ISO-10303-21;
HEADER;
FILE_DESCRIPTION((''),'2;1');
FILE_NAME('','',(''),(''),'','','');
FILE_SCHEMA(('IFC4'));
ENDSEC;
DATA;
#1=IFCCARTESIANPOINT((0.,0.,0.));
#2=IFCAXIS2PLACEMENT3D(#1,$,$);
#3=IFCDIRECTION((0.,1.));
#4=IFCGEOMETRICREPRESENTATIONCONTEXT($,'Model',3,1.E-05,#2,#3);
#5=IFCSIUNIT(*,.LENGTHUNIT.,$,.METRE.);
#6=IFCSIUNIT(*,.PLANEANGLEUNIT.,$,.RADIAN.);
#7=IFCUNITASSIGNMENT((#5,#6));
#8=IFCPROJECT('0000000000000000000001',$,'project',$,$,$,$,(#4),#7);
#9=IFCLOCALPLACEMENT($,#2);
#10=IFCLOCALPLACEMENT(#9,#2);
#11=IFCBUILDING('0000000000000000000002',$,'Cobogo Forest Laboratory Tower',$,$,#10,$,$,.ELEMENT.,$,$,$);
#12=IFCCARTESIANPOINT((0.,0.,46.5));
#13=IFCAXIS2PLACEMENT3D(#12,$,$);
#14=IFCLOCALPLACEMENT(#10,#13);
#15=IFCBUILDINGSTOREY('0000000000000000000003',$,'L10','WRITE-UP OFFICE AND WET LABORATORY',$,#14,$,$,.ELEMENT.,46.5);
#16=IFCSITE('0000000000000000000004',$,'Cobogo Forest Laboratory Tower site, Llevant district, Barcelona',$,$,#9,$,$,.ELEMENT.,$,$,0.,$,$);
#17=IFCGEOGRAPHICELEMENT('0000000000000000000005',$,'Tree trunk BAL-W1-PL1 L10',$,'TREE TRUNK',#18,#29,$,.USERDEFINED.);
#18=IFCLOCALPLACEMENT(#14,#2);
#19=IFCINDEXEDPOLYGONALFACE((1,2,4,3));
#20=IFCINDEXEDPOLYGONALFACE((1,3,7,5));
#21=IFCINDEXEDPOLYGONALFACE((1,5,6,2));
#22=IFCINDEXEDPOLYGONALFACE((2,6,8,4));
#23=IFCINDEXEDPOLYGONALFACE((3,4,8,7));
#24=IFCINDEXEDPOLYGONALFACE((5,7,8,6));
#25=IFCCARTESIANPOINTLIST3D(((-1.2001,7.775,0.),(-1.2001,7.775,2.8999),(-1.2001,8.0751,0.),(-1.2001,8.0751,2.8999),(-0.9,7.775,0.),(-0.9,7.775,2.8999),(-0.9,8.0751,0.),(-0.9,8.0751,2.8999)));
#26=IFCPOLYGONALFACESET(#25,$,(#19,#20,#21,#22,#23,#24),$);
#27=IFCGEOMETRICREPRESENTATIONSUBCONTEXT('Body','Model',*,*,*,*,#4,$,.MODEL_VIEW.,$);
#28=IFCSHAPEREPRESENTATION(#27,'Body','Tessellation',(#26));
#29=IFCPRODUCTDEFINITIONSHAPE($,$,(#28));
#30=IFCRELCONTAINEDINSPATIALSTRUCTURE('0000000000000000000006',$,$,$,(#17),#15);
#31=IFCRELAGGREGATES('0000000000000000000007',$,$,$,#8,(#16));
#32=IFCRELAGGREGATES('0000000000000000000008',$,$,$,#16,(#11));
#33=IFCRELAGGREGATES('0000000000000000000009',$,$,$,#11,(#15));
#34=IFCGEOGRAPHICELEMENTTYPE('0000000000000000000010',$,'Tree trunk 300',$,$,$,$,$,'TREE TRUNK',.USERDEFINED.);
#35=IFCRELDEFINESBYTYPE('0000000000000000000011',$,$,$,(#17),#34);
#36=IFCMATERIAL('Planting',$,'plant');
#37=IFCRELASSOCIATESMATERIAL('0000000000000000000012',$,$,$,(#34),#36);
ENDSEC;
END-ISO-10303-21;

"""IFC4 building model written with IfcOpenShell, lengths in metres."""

from ifc_helpers import new_model, si_unit, direction, frame, origin, origin_2d, place, context, subcontext, project, spatial, rectangle, extrude, material, type_object, element, save


model = new_model("IFC4")

# Units and contexts
model_context = context("Model", 3, precision=1e-05, world=origin(), true_north=direction((0.0, 1.0)))
body_context = subcontext(model_context, "Body", "Model", "MODEL_VIEW")
ifc_project = project(units=[si_unit("LENGTHUNIT", "METRE"), si_unit("PLANEANGLEUNIT", "RADIAN")], contexts=[model_context])

# Site, building, storey
site_placement = place(None, origin())
site = spatial("IfcSite", under=ifc_project, at=site_placement, Name="Cobogo Forest Laboratory Tower site, Llevant district, Barcelona", CompositionType="ELEMENT", RefElevation=0.0)
building_placement = place(site_placement, origin())
building = spatial("IfcBuilding", under=site, at=building_placement, Name="Cobogo Forest Laboratory Tower", CompositionType="ELEMENT")
storey_placement = place(building_placement, frame((0.0, 0.0, 46.5)))
storey = spatial("IfcBuildingStorey", under=building, at=storey_placement, Name="L10", Description="WRITE-UP OFFICE AND WET LABORATORY", CompositionType="ELEMENT", Elevation=46.5)

# Geographic element
ifc_material_1 = material(Name="Planting", Category="plant")
geographic_element_type = type_object("IfcGeographicElementType", Name="Tree trunk 300", ElementType="TREE TRUNK", PredefinedType="USERDEFINED", material=ifc_material_1)
geographic_element_placement = place(storey_placement, frame((-1.05, 7.925, 0.0), z_axis=(0.0, 0.0, 1.0), x_axis=(1.0, 0.0, 0.0)))
element("IfcGeographicElement", 1, at=geographic_element_placement, inside=storey, type_object=geographic_element_type, Name="Tree trunk BAL-W1-PL1 L10", ObjectType="TREE TRUNK", PredefinedType="USERDEFINED", context=body_context, shape_type="SweptSolid", body=[
    extrude(rectangle(XDim=0.3, YDim=0.3, at=origin_2d()), origin(), (0.0, 0.0, 1.0), 2.8999),
])

save(model, "model.ifc")
